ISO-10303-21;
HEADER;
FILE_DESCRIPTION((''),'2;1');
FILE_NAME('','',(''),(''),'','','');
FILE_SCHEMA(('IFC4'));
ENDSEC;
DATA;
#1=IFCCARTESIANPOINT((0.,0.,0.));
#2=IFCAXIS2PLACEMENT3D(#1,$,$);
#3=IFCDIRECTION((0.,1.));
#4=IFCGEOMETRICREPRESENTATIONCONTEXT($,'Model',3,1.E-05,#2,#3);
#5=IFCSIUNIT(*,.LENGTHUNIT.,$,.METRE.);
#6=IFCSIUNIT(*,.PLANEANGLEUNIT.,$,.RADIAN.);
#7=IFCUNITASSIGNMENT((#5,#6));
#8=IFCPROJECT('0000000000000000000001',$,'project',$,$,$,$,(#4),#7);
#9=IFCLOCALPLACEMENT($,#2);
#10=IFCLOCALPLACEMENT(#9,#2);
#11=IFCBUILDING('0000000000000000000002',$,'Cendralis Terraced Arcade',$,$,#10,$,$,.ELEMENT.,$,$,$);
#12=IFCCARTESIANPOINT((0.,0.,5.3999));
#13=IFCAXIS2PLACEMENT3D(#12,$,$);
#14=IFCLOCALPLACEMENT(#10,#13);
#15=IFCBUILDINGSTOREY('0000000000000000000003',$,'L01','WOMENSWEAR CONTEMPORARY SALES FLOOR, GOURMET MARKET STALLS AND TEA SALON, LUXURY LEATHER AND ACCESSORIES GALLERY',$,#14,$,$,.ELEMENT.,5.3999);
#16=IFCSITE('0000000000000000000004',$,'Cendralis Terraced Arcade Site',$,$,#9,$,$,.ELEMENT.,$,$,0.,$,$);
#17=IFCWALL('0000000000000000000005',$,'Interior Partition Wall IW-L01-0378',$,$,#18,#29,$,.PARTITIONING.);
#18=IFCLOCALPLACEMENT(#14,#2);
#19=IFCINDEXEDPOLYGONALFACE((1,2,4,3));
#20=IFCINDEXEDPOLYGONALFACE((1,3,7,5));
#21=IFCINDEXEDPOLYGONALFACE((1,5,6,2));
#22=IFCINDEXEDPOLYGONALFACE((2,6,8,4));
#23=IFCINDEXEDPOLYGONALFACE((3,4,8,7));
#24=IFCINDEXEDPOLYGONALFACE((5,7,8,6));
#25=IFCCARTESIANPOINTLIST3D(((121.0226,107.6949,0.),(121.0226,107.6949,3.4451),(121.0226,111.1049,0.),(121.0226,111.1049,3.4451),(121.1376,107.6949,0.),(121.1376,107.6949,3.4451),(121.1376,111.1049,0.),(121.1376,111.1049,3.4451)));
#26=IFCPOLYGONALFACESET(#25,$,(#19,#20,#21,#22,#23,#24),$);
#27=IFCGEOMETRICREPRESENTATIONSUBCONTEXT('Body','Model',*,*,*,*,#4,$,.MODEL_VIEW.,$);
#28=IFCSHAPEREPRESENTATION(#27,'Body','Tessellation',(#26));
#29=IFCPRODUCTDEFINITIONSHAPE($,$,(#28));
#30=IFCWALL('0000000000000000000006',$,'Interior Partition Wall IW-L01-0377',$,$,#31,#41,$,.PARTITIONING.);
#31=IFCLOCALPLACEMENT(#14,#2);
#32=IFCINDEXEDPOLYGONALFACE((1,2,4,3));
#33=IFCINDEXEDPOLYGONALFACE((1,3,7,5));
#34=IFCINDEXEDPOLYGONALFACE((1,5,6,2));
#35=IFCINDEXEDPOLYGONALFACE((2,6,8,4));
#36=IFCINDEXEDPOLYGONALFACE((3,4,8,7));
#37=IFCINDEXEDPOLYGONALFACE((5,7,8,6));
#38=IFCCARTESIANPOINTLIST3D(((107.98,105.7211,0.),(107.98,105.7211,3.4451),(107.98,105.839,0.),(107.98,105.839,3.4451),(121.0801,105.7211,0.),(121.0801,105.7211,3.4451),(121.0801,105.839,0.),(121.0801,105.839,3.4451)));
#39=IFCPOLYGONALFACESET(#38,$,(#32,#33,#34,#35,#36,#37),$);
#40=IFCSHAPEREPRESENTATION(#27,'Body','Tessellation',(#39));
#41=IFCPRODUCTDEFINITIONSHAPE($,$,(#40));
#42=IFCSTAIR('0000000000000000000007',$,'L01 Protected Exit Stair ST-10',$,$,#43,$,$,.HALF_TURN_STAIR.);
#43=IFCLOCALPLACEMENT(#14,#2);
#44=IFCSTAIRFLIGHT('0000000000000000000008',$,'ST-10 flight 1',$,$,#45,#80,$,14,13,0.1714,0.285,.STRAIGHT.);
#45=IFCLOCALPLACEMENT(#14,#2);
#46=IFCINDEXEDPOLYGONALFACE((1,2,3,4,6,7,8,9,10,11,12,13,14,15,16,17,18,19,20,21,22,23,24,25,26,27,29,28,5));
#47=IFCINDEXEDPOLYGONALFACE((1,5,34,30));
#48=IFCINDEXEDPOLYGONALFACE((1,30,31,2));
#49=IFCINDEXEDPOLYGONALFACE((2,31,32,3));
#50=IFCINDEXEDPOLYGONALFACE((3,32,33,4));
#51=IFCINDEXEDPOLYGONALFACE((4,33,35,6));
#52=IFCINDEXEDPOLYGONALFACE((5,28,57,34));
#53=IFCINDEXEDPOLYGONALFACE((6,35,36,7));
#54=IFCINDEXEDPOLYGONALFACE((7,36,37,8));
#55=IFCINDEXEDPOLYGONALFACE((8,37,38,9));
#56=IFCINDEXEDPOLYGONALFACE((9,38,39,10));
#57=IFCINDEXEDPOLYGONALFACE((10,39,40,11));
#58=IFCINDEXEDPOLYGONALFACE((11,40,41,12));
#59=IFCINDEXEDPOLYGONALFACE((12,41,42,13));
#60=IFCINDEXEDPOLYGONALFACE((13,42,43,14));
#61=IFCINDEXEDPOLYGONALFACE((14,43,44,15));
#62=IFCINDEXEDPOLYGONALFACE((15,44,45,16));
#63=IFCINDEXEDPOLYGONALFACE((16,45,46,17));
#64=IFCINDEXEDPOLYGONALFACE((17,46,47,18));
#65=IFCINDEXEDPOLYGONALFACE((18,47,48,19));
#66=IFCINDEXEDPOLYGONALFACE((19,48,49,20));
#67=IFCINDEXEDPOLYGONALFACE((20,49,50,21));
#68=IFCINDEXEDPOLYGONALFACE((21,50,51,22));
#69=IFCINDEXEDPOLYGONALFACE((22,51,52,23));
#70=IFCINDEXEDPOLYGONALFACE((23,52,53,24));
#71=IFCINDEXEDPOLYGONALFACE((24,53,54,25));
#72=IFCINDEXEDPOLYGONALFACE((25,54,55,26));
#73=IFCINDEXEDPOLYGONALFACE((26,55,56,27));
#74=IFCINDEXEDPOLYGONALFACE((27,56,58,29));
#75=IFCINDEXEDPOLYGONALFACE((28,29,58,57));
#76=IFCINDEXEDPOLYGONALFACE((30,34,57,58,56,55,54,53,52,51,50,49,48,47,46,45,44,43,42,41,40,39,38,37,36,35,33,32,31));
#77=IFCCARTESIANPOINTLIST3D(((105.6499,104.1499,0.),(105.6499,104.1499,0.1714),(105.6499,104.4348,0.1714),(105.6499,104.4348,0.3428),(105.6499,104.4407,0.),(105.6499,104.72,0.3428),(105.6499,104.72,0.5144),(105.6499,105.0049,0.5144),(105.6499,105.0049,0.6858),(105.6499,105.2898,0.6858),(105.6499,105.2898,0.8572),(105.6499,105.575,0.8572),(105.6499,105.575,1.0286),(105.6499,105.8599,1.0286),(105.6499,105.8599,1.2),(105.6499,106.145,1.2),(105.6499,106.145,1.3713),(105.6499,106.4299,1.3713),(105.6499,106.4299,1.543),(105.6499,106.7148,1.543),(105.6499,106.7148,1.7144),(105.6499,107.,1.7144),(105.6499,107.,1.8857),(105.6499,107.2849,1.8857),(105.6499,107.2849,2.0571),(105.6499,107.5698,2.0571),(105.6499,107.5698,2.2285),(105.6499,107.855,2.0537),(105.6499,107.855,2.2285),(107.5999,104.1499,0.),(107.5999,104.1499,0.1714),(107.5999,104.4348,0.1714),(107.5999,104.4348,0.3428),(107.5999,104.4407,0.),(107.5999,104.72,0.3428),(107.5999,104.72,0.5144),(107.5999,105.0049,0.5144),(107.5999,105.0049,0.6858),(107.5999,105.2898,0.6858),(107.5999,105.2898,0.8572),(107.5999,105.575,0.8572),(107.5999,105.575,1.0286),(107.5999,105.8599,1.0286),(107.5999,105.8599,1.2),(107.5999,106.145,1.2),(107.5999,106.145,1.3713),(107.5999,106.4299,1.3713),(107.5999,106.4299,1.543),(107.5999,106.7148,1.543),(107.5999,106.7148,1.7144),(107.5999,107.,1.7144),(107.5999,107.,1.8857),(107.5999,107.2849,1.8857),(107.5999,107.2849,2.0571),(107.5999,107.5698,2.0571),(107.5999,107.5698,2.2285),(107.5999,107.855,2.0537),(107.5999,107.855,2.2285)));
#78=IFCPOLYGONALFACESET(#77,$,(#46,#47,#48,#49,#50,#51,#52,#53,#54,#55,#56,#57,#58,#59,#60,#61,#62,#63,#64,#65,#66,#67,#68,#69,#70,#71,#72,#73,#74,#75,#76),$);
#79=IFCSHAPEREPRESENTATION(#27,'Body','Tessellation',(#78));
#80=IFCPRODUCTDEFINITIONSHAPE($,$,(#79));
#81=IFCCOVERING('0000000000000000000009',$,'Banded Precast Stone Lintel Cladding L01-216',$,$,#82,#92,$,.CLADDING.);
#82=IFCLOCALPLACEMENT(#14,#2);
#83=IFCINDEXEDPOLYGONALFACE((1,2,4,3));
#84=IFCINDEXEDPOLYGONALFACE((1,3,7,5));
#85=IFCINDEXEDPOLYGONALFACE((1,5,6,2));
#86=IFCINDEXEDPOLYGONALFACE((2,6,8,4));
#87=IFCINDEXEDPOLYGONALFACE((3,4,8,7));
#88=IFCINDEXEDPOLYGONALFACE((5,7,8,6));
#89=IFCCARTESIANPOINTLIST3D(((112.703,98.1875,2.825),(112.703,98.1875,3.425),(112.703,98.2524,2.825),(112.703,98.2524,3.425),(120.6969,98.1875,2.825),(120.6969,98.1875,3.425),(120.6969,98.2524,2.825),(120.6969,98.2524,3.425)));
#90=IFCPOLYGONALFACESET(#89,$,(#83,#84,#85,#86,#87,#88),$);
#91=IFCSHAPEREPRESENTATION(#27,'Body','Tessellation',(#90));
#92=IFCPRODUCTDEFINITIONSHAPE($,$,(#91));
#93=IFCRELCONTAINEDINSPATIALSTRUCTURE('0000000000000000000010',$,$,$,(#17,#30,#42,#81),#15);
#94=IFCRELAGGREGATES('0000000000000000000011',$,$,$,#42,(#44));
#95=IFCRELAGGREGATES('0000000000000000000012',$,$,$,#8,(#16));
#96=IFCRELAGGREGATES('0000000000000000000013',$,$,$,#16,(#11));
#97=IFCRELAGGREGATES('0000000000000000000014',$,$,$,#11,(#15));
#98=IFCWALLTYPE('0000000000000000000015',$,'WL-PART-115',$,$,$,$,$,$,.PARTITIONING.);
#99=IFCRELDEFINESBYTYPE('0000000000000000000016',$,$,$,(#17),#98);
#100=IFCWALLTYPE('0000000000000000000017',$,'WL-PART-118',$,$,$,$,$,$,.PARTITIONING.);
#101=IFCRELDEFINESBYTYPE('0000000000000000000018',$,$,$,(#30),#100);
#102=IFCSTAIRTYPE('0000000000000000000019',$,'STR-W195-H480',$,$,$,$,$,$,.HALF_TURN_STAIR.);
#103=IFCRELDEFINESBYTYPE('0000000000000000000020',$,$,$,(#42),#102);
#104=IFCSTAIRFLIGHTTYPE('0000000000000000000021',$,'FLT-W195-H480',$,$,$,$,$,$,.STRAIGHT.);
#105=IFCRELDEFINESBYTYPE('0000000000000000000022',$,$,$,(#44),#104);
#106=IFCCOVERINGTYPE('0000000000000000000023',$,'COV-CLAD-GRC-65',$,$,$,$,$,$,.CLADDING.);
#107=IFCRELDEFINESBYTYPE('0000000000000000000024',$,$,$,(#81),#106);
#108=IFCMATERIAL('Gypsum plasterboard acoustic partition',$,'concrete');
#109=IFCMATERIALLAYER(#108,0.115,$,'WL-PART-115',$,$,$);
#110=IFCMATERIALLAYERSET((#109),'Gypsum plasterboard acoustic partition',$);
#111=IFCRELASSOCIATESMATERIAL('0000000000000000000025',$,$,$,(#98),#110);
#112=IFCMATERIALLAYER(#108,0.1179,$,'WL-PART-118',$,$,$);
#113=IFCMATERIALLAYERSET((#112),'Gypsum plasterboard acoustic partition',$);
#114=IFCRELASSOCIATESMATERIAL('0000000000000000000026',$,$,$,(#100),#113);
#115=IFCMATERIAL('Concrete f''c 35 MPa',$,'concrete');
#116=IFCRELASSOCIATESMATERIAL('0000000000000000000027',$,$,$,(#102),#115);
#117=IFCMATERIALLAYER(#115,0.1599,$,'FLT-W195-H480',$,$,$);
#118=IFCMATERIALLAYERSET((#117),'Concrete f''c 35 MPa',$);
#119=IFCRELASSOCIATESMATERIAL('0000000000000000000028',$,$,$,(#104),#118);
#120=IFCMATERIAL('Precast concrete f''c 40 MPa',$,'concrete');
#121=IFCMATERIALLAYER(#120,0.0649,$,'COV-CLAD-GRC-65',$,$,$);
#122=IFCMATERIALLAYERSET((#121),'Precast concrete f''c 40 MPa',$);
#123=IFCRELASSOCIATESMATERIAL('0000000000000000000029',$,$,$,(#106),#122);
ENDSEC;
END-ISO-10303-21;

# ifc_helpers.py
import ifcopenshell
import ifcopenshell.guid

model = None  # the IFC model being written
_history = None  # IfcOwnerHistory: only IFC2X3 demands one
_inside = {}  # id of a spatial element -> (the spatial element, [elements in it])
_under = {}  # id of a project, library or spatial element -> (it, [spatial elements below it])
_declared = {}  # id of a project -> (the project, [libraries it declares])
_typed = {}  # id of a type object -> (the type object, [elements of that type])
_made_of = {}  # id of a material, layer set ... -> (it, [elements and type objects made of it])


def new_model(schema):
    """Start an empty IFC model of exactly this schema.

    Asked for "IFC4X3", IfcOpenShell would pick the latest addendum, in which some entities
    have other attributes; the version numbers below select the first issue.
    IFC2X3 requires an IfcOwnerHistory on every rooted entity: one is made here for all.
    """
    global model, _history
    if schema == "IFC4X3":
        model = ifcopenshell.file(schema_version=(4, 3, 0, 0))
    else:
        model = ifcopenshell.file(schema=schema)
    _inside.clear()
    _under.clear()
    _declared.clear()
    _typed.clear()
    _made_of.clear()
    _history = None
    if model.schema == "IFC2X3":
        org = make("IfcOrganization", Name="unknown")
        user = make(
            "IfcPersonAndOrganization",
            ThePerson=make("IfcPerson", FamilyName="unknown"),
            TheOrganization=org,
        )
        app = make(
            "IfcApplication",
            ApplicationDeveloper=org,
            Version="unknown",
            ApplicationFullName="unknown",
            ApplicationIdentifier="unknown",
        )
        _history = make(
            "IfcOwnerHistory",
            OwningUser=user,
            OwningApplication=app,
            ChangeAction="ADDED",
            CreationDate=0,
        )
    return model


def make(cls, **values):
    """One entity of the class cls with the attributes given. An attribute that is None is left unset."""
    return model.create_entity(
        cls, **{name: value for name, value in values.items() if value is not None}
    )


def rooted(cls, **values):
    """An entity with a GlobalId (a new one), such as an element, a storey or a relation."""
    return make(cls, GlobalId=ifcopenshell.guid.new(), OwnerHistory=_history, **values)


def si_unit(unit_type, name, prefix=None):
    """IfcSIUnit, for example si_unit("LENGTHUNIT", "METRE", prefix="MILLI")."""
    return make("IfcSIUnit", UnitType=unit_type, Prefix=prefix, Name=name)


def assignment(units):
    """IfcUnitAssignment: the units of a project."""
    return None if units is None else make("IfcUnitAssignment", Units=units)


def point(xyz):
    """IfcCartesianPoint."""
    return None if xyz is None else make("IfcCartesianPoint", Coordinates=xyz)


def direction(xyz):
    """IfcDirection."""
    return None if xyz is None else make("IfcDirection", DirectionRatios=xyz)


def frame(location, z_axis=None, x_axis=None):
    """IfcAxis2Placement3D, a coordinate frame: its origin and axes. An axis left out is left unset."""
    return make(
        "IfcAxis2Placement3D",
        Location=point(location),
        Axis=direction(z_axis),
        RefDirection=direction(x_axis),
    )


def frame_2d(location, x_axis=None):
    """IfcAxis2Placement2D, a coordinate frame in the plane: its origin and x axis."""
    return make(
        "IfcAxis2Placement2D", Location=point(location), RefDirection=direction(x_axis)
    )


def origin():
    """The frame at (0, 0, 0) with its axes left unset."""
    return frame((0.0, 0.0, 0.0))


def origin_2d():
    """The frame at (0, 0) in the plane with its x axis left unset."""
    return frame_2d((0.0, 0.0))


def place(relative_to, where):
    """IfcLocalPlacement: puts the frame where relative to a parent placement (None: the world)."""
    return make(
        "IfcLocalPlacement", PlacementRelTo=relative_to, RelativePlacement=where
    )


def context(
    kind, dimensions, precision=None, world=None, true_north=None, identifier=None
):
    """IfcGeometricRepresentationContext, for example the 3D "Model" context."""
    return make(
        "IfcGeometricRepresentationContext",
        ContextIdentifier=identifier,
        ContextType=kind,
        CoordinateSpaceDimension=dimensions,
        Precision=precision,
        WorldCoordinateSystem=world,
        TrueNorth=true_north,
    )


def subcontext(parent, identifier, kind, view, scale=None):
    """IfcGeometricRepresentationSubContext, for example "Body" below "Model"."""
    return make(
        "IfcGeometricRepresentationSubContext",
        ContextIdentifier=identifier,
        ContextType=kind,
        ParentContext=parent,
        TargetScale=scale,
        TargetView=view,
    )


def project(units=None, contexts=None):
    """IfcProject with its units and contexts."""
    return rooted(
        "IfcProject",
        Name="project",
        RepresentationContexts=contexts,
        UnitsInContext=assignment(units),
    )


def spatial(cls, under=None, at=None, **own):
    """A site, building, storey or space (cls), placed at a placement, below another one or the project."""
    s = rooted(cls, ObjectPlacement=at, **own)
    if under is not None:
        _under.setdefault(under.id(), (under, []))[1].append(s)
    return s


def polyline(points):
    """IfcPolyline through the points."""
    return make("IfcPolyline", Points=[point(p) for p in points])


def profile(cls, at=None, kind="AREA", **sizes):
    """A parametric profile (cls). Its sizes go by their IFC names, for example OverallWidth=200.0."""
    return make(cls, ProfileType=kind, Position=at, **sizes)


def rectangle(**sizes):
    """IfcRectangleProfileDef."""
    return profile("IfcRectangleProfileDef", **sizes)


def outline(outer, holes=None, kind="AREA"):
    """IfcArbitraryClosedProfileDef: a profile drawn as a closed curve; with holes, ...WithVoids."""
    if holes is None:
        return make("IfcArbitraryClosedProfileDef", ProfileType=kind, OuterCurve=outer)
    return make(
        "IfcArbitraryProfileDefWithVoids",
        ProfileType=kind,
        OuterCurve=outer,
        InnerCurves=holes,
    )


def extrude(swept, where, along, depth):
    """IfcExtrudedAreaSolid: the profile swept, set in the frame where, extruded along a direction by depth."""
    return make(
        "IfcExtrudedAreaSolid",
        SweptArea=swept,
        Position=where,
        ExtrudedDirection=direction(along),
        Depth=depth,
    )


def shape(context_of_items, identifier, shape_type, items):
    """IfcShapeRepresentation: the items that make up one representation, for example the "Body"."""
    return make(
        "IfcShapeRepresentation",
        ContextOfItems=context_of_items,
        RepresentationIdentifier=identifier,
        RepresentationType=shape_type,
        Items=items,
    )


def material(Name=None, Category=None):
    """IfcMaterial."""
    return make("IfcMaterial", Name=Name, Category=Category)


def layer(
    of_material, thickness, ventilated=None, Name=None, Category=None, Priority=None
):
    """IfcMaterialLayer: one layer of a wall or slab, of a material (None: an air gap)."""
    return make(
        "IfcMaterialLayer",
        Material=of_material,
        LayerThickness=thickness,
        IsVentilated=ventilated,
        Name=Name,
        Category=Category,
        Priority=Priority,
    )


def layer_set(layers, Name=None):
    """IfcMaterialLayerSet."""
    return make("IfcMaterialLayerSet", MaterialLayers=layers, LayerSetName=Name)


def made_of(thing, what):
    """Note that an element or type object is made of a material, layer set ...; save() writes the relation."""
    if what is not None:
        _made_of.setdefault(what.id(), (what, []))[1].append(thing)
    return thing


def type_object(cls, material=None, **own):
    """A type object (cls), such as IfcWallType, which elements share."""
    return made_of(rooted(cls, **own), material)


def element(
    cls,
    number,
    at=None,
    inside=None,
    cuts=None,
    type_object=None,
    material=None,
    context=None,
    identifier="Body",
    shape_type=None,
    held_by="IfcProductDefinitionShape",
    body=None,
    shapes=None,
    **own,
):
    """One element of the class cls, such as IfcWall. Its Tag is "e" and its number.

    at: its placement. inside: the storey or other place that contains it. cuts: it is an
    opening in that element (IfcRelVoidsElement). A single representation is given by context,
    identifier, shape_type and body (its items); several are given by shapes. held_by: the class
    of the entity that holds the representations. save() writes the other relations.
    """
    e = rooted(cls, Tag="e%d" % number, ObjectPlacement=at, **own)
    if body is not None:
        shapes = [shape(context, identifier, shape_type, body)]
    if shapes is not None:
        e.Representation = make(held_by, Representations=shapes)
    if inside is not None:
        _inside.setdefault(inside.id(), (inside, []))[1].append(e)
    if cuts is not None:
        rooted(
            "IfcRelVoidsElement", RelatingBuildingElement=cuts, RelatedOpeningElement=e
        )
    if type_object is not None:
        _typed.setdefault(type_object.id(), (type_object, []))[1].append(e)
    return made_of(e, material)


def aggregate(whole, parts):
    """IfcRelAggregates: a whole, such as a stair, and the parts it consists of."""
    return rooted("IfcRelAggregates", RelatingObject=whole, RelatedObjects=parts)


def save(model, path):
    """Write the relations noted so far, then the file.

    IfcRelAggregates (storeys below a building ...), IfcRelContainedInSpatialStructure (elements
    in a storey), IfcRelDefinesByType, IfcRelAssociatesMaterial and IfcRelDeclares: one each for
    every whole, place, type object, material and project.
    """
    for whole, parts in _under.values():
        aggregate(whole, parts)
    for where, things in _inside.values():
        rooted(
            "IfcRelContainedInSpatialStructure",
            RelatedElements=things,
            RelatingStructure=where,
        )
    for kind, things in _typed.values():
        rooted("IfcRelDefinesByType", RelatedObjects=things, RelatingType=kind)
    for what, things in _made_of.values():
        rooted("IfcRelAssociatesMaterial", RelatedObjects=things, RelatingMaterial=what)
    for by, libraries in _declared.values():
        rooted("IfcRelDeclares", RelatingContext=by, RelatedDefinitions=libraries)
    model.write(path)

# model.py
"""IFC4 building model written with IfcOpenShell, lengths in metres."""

from ifc_helpers import new_model, si_unit, direction, frame, frame_2d, origin, origin_2d, place, context, subcontext, project, spatial, polyline, rectangle, outline, extrude, material, layer, layer_set, type_object, element, aggregate, save


model = new_model("IFC4")

# Units and contexts
model_context = context("Model", 3, precision=1e-05, world=origin(), true_north=direction((0.0, 1.0)))
body_context = subcontext(model_context, "Body", "Model", "MODEL_VIEW")
ifc_project = project(units=[si_unit("LENGTHUNIT", "METRE"), si_unit("PLANEANGLEUNIT", "RADIAN")], contexts=[model_context])

# Site, building, storey
site_placement = place(None, origin())
site = spatial("IfcSite", under=ifc_project, at=site_placement, Name="Cendralis Terraced Arcade Site", CompositionType="ELEMENT", RefElevation=0.0)
building_placement = place(site_placement, origin())
building = spatial("IfcBuilding", under=site, at=building_placement, Name="Cendralis Terraced Arcade", CompositionType="ELEMENT")
storey_placement = place(building_placement, frame((0.0, 0.0, 5.3999)))
storey = spatial("IfcBuildingStorey", under=building, at=storey_placement, Name="L01", Description="WOMENSWEAR CONTEMPORARY SALES FLOOR, GOURMET MARKET STALLS AND TEA SALON, LUXURY LEATHER AND ACCESSORIES GALLERY", CompositionType="ELEMENT", Elevation=5.3999)

# Shared definitions
ifc_material_1 = material(Name="Concrete f'c 35 MPa", Category="concrete")

# Shared definitions
ifc_material_2 = material(Name="Precast concrete f'c 40 MPa", Category="concrete")

# Walls
ifc_material_3 = material(Name="Gypsum plasterboard acoustic partition", Category="concrete")
ifc_layer_1 = layer(ifc_material_3, 0.115, Name="WL-PART-115")
ifc_layer_set_1 = layer_set([ifc_layer_1], Name="Gypsum plasterboard acoustic partition")
wall_type_1 = type_object("IfcWallType", Name="WL-PART-115", PredefinedType="PARTITIONING", material=ifc_layer_set_1)
wall_1_placement = place(storey_placement, frame((121.0801, 111.105, 0.0), z_axis=(0.0, 0.0, 1.0), x_axis=(0.0, -1.0, 0.0)))
element("IfcWall", 1, at=wall_1_placement, inside=storey, type_object=wall_type_1, Name="Interior Partition Wall IW-L01-0378", PredefinedType="PARTITIONING", context=body_context, shape_type="SweptSolid", body=[
    extrude(rectangle(XDim=3.4099, YDim=0.115, at=frame_2d((1.7051, 0.0))), origin(), (0.0, 0.0, 1.0), 3.4451),
])
ifc_layer_2 = layer(ifc_material_3, 0.1179, Name="WL-PART-118")
ifc_layer_set_2 = layer_set([ifc_layer_2], Name="Gypsum plasterboard acoustic partition")
wall_type_2 = type_object("IfcWallType", Name="WL-PART-118", PredefinedType="PARTITIONING", material=ifc_layer_set_2)
wall_2_placement = place(storey_placement, frame((121.0801, 105.78, 0.0), z_axis=(0.0, 0.0, 1.0), x_axis=(-1.0, 0.0, 0.0)))
element("IfcWall", 2, at=wall_2_placement, inside=storey, type_object=wall_type_2, Name="Interior Partition Wall IW-L01-0377", PredefinedType="PARTITIONING", context=body_context, shape_type="SweptSolid", body=[
    extrude(rectangle(XDim=13.1001, YDim=0.1179, at=frame_2d((6.55, 0.0))), origin(), (0.0, 0.0, 1.0), 3.4451),
])

# Stair, stair flight
stair_type = type_object("IfcStairType", Name="STR-W195-H480", PredefinedType="HALF_TURN_STAIR", material=ifc_material_1)
stair_placement = place(storey_placement, origin())
stair = element("IfcStair", 3, at=stair_placement, inside=storey, type_object=stair_type, Name="L01 Protected Exit Stair ST-10", PredefinedType="HALF_TURN_STAIR")
ifc_layer_3 = layer(ifc_material_1, 0.1599, Name="FLT-W195-H480")
ifc_layer_set_3 = layer_set([ifc_layer_3], Name="Concrete f'c 35 MPa")
stair_flight_type = type_object("IfcStairFlightType", Name="FLT-W195-H480", PredefinedType="STRAIGHT", material=ifc_layer_set_3)
stair_flight_placement = place(storey_placement, frame((106.625, 104.1499, 0.0), z_axis=(0.0, 0.0, 1.0), x_axis=(0.0, 1.0, 0.0)))
stair_flight = element("IfcStairFlight", 4, at=stair_flight_placement, type_object=stair_flight_type, Name="ST-10 flight 1", NumberOfRisers=14, NumberOfTreads=13, PredefinedType="STRAIGHT", RiserHeight=0.1714, TreadLength=0.285, context=body_context, shape_type="SweptSolid", body=[
    extrude(outline(polyline([(0.0, 0.0), (0.0, 0.1714), (0.2849, 0.1714), (0.2849, 0.3428), (0.5701, 0.3428), (0.5701, 0.5144), (0.855, 0.5144), (0.855, 0.6858), (1.1399, 0.6858), (1.1399, 0.8572), (1.425, 0.8572), (1.425, 1.0286), (1.71, 1.0286), (1.71, 1.2), (1.9951, 1.2), (1.9951, 1.3713), (2.28, 1.3713), (2.28, 1.543), (2.5649, 1.543), (2.5649, 1.7144), (2.8501, 1.7144), (2.8501, 1.8857), (3.135, 1.8857), (3.135, 2.0571), (3.4199, 2.0571), (3.4199, 2.2285), (3.7051, 2.2285), (3.7051, 2.3999), (3.7051, 2.0537), (0.2908, 0.0), (0.0, 0.0)])), frame((0.0, 0.9751, 0.0), z_axis=(0.0, -1.0, 0.0), x_axis=(1.0, 0.0, 0.0)), (0.0, 0.0, 1.0), 1.95),
])
aggregate(stair, [stair_flight])

# Covering
ifc_layer_4 = layer(ifc_material_2, 0.0649, Name="COV-CLAD-GRC-65")
ifc_layer_set_4 = layer_set([ifc_layer_4], Name="Precast concrete f'c 40 MPa")
covering_type = type_object("IfcCoveringType", Name="COV-CLAD-GRC-65", PredefinedType="CLADDING", material=ifc_layer_set_4)
covering_placement = place(storey_placement, frame((116.7, 98.22, 2.825), z_axis=(0.0, 0.0, 1.0), x_axis=(-1.0, 0.0, 0.0)))
element("IfcCovering", 5, at=covering_placement, inside=storey, type_object=covering_type, Name="Banded Precast Stone Lintel Cladding L01-216", PredefinedType="CLADDING", context=body_context, shape_type="SweptSolid", body=[
    extrude(rectangle(XDim=7.9939, YDim=0.0649, at=origin_2d()), origin(), (0.0, 0.0, 1.0), 0.6001),
])

save(model, "model.ifc")
